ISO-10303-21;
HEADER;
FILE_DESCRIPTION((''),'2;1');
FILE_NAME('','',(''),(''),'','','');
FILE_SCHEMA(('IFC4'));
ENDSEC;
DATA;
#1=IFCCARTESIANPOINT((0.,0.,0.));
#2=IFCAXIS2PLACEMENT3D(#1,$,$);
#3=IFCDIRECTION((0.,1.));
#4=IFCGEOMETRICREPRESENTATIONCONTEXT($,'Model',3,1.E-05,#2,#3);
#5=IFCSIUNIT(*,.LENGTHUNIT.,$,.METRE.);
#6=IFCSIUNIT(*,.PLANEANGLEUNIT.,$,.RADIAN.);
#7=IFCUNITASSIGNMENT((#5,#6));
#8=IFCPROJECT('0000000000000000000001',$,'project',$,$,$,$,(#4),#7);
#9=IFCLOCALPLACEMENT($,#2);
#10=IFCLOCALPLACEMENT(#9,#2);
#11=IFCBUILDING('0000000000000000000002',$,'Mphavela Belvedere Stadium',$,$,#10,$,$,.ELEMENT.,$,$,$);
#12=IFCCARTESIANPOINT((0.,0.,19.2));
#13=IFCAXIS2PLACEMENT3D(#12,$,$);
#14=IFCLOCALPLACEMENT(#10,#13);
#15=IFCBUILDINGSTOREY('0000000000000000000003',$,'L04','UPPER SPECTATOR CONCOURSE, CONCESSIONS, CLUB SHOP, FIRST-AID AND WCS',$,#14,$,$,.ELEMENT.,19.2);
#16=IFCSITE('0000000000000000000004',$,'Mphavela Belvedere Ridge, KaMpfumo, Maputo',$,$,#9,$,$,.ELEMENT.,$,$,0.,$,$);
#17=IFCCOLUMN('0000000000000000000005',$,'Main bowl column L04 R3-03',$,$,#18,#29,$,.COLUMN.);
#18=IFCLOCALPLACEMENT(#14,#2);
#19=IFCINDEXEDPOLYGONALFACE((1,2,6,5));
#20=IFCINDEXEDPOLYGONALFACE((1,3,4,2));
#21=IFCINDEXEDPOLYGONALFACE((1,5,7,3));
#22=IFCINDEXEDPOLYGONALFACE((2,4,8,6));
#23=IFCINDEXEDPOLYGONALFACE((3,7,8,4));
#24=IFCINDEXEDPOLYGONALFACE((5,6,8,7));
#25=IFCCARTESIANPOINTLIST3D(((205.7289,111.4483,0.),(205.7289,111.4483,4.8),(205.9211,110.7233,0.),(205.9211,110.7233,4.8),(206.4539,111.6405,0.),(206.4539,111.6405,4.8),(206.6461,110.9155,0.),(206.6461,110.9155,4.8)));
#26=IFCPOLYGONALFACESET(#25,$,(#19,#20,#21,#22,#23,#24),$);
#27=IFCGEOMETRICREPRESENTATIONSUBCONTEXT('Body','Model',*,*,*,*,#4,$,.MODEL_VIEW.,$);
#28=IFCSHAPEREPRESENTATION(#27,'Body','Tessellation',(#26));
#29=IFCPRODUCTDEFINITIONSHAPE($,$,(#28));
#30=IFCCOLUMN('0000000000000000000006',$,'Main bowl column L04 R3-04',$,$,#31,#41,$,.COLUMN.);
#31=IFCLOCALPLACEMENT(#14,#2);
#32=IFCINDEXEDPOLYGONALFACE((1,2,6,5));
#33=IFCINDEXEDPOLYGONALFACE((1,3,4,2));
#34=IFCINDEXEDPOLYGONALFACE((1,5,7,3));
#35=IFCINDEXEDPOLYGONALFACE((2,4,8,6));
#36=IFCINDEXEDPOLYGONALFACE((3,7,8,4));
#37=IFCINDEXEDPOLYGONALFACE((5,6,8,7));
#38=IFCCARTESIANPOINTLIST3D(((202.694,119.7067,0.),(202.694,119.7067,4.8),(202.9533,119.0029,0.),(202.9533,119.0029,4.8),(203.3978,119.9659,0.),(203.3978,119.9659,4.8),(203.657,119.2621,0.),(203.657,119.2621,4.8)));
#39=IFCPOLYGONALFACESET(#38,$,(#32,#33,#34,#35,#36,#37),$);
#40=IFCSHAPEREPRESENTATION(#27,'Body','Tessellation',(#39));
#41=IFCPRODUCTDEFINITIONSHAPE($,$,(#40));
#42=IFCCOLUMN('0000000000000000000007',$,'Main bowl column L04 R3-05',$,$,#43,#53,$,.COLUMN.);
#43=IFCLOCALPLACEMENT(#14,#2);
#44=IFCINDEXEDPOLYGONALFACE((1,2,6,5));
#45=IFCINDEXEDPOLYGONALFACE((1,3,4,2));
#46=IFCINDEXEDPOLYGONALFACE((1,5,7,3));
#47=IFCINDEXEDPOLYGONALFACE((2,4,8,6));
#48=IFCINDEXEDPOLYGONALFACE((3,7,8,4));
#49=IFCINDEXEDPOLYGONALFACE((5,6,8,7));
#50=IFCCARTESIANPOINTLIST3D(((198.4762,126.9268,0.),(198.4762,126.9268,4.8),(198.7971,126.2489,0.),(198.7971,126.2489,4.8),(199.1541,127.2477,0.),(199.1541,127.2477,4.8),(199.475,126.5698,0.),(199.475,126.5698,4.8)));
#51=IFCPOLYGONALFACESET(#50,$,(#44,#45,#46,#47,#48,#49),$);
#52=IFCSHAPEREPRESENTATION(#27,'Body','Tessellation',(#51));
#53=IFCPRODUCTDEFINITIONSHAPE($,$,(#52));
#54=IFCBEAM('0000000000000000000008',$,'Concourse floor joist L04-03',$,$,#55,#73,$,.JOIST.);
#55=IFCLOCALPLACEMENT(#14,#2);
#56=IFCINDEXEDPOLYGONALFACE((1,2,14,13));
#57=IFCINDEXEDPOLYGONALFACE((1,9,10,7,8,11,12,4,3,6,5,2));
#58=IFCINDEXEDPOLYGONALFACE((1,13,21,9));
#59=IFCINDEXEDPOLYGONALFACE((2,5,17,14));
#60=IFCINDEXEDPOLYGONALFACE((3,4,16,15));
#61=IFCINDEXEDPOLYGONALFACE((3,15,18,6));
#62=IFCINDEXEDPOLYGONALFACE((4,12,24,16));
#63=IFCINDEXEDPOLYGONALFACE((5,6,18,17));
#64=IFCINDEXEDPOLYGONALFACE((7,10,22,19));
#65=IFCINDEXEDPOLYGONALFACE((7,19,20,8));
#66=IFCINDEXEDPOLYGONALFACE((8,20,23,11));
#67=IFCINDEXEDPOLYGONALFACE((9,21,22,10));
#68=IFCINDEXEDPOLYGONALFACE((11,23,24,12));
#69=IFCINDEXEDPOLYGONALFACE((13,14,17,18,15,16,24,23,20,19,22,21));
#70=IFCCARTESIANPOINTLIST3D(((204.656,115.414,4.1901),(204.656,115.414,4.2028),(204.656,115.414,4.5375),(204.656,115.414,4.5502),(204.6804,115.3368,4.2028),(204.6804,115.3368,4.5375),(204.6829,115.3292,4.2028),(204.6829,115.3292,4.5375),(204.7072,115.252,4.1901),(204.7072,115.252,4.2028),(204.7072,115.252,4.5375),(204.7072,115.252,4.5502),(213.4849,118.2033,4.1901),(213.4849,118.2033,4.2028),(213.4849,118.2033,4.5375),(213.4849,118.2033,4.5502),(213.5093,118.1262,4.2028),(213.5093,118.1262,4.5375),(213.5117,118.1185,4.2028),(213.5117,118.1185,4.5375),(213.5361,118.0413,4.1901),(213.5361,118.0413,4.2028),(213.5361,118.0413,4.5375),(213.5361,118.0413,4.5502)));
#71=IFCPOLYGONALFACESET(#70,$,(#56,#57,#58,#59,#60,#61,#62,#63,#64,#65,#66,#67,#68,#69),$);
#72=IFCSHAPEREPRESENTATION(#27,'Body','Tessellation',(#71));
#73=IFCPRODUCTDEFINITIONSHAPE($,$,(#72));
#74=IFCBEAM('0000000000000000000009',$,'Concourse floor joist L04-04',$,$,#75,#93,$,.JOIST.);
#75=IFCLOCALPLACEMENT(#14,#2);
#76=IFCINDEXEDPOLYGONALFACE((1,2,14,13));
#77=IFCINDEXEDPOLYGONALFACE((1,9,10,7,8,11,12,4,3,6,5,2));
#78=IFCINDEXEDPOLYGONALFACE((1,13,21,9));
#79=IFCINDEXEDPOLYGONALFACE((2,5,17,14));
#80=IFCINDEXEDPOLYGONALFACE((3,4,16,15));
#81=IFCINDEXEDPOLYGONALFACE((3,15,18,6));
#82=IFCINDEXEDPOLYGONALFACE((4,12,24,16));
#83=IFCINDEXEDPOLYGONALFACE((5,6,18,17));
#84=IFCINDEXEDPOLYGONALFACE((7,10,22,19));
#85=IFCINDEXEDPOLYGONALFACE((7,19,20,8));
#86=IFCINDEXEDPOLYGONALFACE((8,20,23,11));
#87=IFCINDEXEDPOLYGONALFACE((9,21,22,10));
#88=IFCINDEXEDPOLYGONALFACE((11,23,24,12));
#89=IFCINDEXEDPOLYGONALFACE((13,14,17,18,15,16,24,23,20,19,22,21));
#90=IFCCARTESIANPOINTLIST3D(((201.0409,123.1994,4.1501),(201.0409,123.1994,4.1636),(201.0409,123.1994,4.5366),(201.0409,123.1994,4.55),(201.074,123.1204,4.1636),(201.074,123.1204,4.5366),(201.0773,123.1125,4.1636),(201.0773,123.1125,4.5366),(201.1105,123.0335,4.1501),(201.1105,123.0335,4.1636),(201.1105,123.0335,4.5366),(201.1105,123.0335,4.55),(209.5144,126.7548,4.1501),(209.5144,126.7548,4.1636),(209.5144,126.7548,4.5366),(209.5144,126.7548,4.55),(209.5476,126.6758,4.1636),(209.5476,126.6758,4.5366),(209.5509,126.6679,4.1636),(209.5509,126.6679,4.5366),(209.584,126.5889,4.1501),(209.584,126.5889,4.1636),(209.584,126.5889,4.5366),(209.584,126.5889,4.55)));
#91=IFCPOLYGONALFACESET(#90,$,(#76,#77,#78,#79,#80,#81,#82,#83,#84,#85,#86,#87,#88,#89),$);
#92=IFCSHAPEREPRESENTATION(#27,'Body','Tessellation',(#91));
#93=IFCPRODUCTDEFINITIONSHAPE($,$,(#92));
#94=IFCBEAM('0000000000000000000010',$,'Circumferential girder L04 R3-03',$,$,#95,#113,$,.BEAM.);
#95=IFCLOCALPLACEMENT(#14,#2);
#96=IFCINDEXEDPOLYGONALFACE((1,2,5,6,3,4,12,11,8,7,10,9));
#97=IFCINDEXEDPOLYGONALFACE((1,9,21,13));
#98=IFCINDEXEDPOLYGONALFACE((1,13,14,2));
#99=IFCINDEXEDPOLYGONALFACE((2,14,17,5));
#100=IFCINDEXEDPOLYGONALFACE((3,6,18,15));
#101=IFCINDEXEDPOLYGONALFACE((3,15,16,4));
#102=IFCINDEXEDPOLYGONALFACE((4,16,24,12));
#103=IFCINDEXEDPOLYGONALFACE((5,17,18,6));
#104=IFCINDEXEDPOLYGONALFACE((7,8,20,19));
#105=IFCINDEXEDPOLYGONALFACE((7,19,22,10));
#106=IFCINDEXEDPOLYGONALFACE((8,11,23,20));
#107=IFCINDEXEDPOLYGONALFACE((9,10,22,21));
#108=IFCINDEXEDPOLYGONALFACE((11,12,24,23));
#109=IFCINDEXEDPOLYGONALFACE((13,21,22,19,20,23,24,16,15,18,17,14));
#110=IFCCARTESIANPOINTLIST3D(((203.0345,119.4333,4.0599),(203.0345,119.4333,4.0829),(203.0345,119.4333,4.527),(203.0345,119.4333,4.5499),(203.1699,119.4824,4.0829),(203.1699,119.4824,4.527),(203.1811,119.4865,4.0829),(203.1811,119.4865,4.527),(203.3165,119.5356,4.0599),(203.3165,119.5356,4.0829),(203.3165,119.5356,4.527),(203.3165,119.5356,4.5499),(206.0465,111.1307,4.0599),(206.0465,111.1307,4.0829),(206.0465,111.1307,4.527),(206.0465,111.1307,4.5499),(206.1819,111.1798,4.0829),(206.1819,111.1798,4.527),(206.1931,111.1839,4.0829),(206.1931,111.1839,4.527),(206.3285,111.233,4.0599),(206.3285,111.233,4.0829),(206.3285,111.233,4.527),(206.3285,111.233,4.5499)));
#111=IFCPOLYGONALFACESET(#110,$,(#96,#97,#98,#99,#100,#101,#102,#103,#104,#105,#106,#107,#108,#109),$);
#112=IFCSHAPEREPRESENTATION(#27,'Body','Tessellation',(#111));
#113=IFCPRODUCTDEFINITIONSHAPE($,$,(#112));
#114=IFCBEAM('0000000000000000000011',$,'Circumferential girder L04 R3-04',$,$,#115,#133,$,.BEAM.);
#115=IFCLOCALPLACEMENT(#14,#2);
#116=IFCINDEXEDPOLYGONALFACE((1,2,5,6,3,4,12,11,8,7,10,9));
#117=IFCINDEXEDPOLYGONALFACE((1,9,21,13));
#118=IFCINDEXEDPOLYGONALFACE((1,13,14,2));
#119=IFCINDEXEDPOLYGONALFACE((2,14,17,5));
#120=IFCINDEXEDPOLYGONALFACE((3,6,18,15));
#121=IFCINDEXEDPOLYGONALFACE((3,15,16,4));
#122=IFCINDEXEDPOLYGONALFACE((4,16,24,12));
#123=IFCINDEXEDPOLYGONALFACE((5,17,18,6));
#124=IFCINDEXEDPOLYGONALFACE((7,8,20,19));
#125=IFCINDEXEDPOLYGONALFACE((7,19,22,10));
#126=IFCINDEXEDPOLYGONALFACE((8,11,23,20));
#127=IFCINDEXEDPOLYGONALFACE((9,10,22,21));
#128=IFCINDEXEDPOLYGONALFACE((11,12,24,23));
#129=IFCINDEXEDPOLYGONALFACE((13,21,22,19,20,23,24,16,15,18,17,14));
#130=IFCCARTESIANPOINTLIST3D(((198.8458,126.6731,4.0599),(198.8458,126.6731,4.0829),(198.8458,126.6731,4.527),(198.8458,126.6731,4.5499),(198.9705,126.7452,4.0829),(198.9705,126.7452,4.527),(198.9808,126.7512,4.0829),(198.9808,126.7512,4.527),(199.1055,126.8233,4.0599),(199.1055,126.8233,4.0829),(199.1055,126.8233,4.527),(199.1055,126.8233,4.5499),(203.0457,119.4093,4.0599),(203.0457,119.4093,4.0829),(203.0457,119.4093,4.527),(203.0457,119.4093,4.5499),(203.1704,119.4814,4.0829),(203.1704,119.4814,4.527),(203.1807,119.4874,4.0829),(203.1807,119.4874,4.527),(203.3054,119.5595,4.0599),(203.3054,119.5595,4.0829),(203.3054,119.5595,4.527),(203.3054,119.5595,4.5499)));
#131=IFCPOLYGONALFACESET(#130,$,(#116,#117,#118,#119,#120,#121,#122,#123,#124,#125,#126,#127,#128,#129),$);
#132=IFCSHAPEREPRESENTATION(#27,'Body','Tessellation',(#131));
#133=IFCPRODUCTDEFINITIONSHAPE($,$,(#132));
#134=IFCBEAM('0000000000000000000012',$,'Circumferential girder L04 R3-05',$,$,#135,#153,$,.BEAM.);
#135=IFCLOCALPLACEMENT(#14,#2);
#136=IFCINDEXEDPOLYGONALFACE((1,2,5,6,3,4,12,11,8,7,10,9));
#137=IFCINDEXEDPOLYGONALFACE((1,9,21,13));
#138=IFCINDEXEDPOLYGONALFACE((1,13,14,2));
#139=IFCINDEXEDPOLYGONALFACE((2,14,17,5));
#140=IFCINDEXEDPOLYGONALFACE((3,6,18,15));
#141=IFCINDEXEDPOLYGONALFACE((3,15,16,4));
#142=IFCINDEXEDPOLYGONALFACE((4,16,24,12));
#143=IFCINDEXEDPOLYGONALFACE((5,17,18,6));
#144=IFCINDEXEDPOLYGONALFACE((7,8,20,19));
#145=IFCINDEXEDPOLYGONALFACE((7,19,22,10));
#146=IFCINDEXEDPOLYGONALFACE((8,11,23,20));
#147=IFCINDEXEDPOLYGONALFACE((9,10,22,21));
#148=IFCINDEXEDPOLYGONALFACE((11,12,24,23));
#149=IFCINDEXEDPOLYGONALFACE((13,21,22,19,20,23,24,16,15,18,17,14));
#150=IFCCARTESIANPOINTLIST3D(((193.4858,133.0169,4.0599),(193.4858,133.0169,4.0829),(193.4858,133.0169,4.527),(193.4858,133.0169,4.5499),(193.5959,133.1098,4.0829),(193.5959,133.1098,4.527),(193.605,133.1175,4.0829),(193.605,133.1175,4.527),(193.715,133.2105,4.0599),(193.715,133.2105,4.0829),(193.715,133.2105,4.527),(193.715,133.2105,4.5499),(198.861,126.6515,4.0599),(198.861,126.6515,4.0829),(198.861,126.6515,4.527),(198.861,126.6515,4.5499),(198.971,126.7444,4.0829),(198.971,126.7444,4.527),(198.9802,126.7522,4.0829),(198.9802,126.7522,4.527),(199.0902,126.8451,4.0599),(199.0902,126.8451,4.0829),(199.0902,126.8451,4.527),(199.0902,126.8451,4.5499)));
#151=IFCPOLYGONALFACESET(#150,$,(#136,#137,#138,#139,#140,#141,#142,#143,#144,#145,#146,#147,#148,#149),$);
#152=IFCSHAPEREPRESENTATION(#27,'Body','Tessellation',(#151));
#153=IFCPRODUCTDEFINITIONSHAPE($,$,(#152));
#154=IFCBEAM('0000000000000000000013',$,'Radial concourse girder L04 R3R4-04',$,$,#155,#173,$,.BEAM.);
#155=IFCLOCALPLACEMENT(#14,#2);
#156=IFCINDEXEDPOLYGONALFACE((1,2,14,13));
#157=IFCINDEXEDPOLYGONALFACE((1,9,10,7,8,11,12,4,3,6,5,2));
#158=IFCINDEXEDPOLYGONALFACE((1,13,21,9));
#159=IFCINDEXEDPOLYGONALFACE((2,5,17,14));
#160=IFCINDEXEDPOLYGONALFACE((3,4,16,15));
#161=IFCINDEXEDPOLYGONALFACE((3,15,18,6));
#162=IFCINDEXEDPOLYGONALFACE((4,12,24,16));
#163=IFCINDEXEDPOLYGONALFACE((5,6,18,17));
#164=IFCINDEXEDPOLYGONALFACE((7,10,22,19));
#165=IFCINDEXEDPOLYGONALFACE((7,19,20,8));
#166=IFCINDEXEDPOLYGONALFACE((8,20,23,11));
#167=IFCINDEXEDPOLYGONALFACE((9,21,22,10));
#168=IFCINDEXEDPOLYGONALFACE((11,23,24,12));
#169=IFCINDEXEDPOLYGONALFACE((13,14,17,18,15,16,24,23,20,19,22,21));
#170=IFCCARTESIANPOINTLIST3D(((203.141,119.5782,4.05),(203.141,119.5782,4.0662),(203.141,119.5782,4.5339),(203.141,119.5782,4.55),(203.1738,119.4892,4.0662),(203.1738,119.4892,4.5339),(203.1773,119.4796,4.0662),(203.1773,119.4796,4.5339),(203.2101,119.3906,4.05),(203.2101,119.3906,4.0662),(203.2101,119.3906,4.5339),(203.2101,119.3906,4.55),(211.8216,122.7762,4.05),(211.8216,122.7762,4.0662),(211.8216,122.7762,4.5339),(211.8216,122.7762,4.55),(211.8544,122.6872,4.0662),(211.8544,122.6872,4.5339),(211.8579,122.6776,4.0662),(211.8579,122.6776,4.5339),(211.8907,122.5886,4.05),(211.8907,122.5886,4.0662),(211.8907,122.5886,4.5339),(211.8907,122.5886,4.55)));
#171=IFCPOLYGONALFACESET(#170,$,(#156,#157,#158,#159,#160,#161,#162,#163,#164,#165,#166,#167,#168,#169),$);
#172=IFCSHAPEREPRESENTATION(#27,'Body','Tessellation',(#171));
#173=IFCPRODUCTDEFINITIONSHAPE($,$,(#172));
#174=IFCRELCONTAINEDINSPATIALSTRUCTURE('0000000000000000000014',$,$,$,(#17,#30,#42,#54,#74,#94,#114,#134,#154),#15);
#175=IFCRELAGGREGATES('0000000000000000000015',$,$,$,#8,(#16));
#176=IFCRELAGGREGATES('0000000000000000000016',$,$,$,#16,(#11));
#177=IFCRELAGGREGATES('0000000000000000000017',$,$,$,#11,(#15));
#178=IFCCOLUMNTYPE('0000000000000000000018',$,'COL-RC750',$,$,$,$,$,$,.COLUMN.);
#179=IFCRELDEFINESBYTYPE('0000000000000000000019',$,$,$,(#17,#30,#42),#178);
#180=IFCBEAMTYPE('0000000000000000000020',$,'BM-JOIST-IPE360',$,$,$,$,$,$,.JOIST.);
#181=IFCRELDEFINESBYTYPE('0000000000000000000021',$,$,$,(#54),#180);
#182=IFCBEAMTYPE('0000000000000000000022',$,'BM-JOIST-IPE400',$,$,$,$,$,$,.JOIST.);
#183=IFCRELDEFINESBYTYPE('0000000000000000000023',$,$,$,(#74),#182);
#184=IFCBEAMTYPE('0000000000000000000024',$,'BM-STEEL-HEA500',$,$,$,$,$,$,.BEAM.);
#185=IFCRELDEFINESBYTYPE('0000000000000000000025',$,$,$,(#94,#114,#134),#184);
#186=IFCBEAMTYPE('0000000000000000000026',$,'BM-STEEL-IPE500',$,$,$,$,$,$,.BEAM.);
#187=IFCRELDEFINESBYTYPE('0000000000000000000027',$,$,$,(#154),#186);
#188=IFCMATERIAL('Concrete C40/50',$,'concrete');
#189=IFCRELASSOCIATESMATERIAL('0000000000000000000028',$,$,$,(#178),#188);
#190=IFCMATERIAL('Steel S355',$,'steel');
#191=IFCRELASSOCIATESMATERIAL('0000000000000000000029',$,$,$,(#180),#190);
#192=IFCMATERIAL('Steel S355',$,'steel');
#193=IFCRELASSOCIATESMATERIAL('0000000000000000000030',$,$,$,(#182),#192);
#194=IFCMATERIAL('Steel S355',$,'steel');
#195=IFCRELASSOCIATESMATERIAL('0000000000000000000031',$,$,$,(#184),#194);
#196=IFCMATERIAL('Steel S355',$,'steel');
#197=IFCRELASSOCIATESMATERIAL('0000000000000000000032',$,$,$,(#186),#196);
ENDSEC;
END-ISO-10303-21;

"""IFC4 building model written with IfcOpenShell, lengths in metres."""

from ifc_helpers import new_model, si_unit, direction, frame, origin, origin_2d, place, context, subcontext, project, spatial, rectangle, i_section, extrude, material, material_profile, profile_set, type_object, element, save


model = new_model("IFC4")

# Units and contexts
model_context = context("Model", 3, precision=1e-05, world=origin(), true_north=direction((0.0, 1.0)))
body_context = subcontext(model_context, "Body", "Model", "MODEL_VIEW")
ifc_project = project(units=[si_unit("LENGTHUNIT", "METRE"), si_unit("PLANEANGLEUNIT", "RADIAN")], contexts=[model_context])

# Site, building, storey
site_placement = place(None, origin())
site = spatial("IfcSite", under=ifc_project, at=site_placement, Name="Mphavela Belvedere Ridge, KaMpfumo, Maputo", CompositionType="ELEMENT", RefElevation=0.0)
building_placement = place(site_placement, origin())
building = spatial("IfcBuilding", under=site, at=building_placement, Name="Mphavela Belvedere Stadium", CompositionType="ELEMENT")
storey_placement = place(building_placement, frame((0.0, 0.0, 19.2)))
storey = spatial("IfcBuildingStorey", under=building, at=storey_placement, Name="L04", Description="UPPER SPECTATOR CONCOURSE, CONCESSIONS, CLUB SHOP, FIRST-AID AND WCS", CompositionType="ELEMENT", Elevation=19.2)

# Columns
ifc_material_1 = material(Name="Concrete C40/50", Category="concrete")
ifc_material_profile_1 = material_profile(ifc_material_1, rectangle(XDim=0.75, YDim=0.75, at=origin_2d()), Name="RC 750x750")
ifc_profile_set_1 = profile_set([ifc_material_profile_1], Name="Concrete C40/50")
column_type = type_object("IfcColumnType", Name="COL-RC750", PredefinedType="COLUMN", material=ifc_profile_set_1)
for number, where, z_axis, x_axis, name in (
    (1, (206.1875, 111.1819, 0.0), (0.0, 0.0, 1.0), (0.9666, 0.256289, 0.0), "Main bowl column L04 R3-03"),
    (2, (203.1755, 119.4844, 0.0), (0.0, 0.0, 1.0), (0.938372, 0.345626, 0.0), "Main bowl column L04 R3-04"),
    (3, (198.9756, 126.7483, 0.0), (0.0, 0.0, 1.0), (0.903859, 0.427831, 0.0), "Main bowl column L04 R3-05"),
):
    element("IfcColumn", number, at=place(storey_placement, frame(where, z_axis=z_axis, x_axis=x_axis)), inside=storey, type_object=column_type, Name=name, PredefinedType="COLUMN", context=body_context, shape_type="SweptSolid", body=[
        extrude(rectangle(XDim=0.75, YDim=0.75, at=origin_2d()), origin(), (0.0, 0.0, 1.0), 4.8),
    ])

# Beams
ifc_material_2 = material(Name="Steel S355", Category="steel")
ifc_material_profile_2 = material_profile(ifc_material_2, i_section(OverallWidth=0.1699, OverallDepth=0.3601, WebThickness=0.0081, FlangeThickness=0.0127, at=origin_2d()), Name="IPE 360")
ifc_profile_set_2 = profile_set([ifc_material_profile_2], Name="Steel S355")
beam_type_1 = type_object("IfcBeamType", Name="BM-JOIST-IPE360", PredefinedType="JOIST", material=ifc_profile_set_2)
beam_1_placement = place(storey_placement, frame((204.6816, 115.333, 4.3701), z_axis=(0.953544, 0.301254, 0.0), x_axis=(-0.301254, 0.953544, 0.0)))
element("IfcBeam", 4, at=beam_1_placement, inside=storey, type_object=beam_type_1, Name="Concourse floor joist L04-03", PredefinedType="JOIST", context=body_context, shape_type="SweptSolid", body=[
    extrude(i_section(OverallWidth=0.1699, OverallDepth=0.3601, WebThickness=0.0081, FlangeThickness=0.0127, at=origin_2d()), origin(), (0.0, 0.0, 1.0), 9.259),
])
ifc_material_3 = material(Name="Steel S355", Category="steel")
ifc_material_profile_3 = material_profile(ifc_material_3, i_section(OverallWidth=0.1799, OverallDepth=0.3999, WebThickness=0.0085, FlangeThickness=0.0134, at=origin_2d()), Name="IPE 400")
ifc_profile_set_3 = profile_set([ifc_material_profile_3], Name="Steel S355")
beam_type_2 = type_object("IfcBeamType", Name="BM-JOIST-IPE400", PredefinedType="JOIST", material=ifc_profile_set_3)
beam_2_placement = place(storey_placement, frame((201.0757, 123.1165, 4.3501), z_axis=(0.922118, 0.386908, 0.0), x_axis=(-0.386908, 0.922118, 0.0)))
element("IfcBeam", 5, at=beam_2_placement, inside=storey, type_object=beam_type_2, Name="Concourse floor joist L04-04", PredefinedType="JOIST", context=body_context, shape_type="SweptSolid", body=[
    extrude(i_section(OverallWidth=0.1799, OverallDepth=0.3999, WebThickness=0.0085, FlangeThickness=0.0134, at=origin_2d()), origin(), (0.0, 0.0, 1.0), 9.1892),
])
ifc_material_4 = material(Name="Steel S355", Category="steel")
ifc_material_profile_4 = material_profile(ifc_material_4, i_section(OverallWidth=0.3, OverallDepth=0.49, WebThickness=0.012, FlangeThickness=0.0229, at=origin_2d()), Name="HEA 500")
ifc_profile_set_4 = profile_set([ifc_material_profile_4], Name="Steel S355")
beam_type_3 = type_object("IfcBeamType", Name="BM-STEEL-HEA500", PredefinedType="BEAM", material=ifc_profile_set_4)
beam_3_placement = place(storey_placement, frame((206.1875, 111.1819, 4.3049), z_axis=(-0.341031, 0.940052, 0.0), x_axis=(-0.940052, -0.341031, 0.0)))
element("IfcBeam", 6, at=beam_3_placement, inside=storey, type_object=beam_type_3, Name="Circumferential girder L04 R3-03", PredefinedType="BEAM", context=body_context, shape_type="SweptSolid", body=[
    extrude(i_section(OverallWidth=0.3, OverallDepth=0.49, WebThickness=0.012, FlangeThickness=0.0229, at=origin_2d()), origin(), (0.0, 0.0, 1.0), 8.832),
])
beam_4_placement = place(storey_placement, frame((203.1755, 119.4844, 4.3049), z_axis=(-0.500548, 0.865709, 0.0), x_axis=(-0.865709, -0.500548, 0.0)))
element("IfcBeam", 7, at=beam_4_placement, inside=storey, type_object=beam_type_3, Name="Circumferential girder L04 R3-04", PredefinedType="BEAM", context=body_context, shape_type="SweptSolid", body=[
    extrude(i_section(OverallWidth=0.3, OverallDepth=0.49, WebThickness=0.012, FlangeThickness=0.0229, at=origin_2d()), origin(), (0.0, 0.0, 1.0), 8.3906),
])
beam_5_placement = place(storey_placement, frame((198.9756, 126.7483, 4.3049), z_axis=(-0.645177, 0.764033, 0.0), x_axis=(-0.764033, -0.645177, 0.0)))
element("IfcBeam", 8, at=beam_5_placement, inside=storey, type_object=beam_type_3, Name="Circumferential girder L04 R3-05", PredefinedType="BEAM", context=body_context, shape_type="SweptSolid", body=[
    extrude(i_section(OverallWidth=0.3, OverallDepth=0.49, WebThickness=0.012, FlangeThickness=0.0229, at=origin_2d()), origin(), (0.0, 0.0, 1.0), 8.3313),
])
ifc_material_5 = material(Name="Steel S355", Category="steel")
ifc_material_profile_5 = material_profile(ifc_material_5, i_section(OverallWidth=0.2, OverallDepth=0.5, WebThickness=0.0103, FlangeThickness=0.0161, at=origin_2d()), Name="IPE 500")
ifc_profile_set_5 = profile_set([ifc_material_profile_5], Name="Steel S355")
beam_type_4 = type_object("IfcBeamType", Name="BM-STEEL-IPE500", PredefinedType="BEAM", material=ifc_profile_set_5)
beam_6_placement = place(storey_placement, frame((203.1755, 119.4844, 4.3), z_axis=(0.938348, 0.345692, 0.0), x_axis=(-0.345692, 0.938348, 0.0)))
element("IfcBeam", 9, at=beam_6_placement, inside=storey, type_object=beam_type_4, Name="Radial concourse girder L04 R3R4-04", PredefinedType="BEAM", context=body_context, shape_type="SweptSolid", body=[
    extrude(i_section(OverallWidth=0.2, OverallDepth=0.5, WebThickness=0.0103, FlangeThickness=0.0161, at=origin_2d()), origin(), (0.0, 0.0, 1.0), 9.251),
])

save(model, "model.ifc")
